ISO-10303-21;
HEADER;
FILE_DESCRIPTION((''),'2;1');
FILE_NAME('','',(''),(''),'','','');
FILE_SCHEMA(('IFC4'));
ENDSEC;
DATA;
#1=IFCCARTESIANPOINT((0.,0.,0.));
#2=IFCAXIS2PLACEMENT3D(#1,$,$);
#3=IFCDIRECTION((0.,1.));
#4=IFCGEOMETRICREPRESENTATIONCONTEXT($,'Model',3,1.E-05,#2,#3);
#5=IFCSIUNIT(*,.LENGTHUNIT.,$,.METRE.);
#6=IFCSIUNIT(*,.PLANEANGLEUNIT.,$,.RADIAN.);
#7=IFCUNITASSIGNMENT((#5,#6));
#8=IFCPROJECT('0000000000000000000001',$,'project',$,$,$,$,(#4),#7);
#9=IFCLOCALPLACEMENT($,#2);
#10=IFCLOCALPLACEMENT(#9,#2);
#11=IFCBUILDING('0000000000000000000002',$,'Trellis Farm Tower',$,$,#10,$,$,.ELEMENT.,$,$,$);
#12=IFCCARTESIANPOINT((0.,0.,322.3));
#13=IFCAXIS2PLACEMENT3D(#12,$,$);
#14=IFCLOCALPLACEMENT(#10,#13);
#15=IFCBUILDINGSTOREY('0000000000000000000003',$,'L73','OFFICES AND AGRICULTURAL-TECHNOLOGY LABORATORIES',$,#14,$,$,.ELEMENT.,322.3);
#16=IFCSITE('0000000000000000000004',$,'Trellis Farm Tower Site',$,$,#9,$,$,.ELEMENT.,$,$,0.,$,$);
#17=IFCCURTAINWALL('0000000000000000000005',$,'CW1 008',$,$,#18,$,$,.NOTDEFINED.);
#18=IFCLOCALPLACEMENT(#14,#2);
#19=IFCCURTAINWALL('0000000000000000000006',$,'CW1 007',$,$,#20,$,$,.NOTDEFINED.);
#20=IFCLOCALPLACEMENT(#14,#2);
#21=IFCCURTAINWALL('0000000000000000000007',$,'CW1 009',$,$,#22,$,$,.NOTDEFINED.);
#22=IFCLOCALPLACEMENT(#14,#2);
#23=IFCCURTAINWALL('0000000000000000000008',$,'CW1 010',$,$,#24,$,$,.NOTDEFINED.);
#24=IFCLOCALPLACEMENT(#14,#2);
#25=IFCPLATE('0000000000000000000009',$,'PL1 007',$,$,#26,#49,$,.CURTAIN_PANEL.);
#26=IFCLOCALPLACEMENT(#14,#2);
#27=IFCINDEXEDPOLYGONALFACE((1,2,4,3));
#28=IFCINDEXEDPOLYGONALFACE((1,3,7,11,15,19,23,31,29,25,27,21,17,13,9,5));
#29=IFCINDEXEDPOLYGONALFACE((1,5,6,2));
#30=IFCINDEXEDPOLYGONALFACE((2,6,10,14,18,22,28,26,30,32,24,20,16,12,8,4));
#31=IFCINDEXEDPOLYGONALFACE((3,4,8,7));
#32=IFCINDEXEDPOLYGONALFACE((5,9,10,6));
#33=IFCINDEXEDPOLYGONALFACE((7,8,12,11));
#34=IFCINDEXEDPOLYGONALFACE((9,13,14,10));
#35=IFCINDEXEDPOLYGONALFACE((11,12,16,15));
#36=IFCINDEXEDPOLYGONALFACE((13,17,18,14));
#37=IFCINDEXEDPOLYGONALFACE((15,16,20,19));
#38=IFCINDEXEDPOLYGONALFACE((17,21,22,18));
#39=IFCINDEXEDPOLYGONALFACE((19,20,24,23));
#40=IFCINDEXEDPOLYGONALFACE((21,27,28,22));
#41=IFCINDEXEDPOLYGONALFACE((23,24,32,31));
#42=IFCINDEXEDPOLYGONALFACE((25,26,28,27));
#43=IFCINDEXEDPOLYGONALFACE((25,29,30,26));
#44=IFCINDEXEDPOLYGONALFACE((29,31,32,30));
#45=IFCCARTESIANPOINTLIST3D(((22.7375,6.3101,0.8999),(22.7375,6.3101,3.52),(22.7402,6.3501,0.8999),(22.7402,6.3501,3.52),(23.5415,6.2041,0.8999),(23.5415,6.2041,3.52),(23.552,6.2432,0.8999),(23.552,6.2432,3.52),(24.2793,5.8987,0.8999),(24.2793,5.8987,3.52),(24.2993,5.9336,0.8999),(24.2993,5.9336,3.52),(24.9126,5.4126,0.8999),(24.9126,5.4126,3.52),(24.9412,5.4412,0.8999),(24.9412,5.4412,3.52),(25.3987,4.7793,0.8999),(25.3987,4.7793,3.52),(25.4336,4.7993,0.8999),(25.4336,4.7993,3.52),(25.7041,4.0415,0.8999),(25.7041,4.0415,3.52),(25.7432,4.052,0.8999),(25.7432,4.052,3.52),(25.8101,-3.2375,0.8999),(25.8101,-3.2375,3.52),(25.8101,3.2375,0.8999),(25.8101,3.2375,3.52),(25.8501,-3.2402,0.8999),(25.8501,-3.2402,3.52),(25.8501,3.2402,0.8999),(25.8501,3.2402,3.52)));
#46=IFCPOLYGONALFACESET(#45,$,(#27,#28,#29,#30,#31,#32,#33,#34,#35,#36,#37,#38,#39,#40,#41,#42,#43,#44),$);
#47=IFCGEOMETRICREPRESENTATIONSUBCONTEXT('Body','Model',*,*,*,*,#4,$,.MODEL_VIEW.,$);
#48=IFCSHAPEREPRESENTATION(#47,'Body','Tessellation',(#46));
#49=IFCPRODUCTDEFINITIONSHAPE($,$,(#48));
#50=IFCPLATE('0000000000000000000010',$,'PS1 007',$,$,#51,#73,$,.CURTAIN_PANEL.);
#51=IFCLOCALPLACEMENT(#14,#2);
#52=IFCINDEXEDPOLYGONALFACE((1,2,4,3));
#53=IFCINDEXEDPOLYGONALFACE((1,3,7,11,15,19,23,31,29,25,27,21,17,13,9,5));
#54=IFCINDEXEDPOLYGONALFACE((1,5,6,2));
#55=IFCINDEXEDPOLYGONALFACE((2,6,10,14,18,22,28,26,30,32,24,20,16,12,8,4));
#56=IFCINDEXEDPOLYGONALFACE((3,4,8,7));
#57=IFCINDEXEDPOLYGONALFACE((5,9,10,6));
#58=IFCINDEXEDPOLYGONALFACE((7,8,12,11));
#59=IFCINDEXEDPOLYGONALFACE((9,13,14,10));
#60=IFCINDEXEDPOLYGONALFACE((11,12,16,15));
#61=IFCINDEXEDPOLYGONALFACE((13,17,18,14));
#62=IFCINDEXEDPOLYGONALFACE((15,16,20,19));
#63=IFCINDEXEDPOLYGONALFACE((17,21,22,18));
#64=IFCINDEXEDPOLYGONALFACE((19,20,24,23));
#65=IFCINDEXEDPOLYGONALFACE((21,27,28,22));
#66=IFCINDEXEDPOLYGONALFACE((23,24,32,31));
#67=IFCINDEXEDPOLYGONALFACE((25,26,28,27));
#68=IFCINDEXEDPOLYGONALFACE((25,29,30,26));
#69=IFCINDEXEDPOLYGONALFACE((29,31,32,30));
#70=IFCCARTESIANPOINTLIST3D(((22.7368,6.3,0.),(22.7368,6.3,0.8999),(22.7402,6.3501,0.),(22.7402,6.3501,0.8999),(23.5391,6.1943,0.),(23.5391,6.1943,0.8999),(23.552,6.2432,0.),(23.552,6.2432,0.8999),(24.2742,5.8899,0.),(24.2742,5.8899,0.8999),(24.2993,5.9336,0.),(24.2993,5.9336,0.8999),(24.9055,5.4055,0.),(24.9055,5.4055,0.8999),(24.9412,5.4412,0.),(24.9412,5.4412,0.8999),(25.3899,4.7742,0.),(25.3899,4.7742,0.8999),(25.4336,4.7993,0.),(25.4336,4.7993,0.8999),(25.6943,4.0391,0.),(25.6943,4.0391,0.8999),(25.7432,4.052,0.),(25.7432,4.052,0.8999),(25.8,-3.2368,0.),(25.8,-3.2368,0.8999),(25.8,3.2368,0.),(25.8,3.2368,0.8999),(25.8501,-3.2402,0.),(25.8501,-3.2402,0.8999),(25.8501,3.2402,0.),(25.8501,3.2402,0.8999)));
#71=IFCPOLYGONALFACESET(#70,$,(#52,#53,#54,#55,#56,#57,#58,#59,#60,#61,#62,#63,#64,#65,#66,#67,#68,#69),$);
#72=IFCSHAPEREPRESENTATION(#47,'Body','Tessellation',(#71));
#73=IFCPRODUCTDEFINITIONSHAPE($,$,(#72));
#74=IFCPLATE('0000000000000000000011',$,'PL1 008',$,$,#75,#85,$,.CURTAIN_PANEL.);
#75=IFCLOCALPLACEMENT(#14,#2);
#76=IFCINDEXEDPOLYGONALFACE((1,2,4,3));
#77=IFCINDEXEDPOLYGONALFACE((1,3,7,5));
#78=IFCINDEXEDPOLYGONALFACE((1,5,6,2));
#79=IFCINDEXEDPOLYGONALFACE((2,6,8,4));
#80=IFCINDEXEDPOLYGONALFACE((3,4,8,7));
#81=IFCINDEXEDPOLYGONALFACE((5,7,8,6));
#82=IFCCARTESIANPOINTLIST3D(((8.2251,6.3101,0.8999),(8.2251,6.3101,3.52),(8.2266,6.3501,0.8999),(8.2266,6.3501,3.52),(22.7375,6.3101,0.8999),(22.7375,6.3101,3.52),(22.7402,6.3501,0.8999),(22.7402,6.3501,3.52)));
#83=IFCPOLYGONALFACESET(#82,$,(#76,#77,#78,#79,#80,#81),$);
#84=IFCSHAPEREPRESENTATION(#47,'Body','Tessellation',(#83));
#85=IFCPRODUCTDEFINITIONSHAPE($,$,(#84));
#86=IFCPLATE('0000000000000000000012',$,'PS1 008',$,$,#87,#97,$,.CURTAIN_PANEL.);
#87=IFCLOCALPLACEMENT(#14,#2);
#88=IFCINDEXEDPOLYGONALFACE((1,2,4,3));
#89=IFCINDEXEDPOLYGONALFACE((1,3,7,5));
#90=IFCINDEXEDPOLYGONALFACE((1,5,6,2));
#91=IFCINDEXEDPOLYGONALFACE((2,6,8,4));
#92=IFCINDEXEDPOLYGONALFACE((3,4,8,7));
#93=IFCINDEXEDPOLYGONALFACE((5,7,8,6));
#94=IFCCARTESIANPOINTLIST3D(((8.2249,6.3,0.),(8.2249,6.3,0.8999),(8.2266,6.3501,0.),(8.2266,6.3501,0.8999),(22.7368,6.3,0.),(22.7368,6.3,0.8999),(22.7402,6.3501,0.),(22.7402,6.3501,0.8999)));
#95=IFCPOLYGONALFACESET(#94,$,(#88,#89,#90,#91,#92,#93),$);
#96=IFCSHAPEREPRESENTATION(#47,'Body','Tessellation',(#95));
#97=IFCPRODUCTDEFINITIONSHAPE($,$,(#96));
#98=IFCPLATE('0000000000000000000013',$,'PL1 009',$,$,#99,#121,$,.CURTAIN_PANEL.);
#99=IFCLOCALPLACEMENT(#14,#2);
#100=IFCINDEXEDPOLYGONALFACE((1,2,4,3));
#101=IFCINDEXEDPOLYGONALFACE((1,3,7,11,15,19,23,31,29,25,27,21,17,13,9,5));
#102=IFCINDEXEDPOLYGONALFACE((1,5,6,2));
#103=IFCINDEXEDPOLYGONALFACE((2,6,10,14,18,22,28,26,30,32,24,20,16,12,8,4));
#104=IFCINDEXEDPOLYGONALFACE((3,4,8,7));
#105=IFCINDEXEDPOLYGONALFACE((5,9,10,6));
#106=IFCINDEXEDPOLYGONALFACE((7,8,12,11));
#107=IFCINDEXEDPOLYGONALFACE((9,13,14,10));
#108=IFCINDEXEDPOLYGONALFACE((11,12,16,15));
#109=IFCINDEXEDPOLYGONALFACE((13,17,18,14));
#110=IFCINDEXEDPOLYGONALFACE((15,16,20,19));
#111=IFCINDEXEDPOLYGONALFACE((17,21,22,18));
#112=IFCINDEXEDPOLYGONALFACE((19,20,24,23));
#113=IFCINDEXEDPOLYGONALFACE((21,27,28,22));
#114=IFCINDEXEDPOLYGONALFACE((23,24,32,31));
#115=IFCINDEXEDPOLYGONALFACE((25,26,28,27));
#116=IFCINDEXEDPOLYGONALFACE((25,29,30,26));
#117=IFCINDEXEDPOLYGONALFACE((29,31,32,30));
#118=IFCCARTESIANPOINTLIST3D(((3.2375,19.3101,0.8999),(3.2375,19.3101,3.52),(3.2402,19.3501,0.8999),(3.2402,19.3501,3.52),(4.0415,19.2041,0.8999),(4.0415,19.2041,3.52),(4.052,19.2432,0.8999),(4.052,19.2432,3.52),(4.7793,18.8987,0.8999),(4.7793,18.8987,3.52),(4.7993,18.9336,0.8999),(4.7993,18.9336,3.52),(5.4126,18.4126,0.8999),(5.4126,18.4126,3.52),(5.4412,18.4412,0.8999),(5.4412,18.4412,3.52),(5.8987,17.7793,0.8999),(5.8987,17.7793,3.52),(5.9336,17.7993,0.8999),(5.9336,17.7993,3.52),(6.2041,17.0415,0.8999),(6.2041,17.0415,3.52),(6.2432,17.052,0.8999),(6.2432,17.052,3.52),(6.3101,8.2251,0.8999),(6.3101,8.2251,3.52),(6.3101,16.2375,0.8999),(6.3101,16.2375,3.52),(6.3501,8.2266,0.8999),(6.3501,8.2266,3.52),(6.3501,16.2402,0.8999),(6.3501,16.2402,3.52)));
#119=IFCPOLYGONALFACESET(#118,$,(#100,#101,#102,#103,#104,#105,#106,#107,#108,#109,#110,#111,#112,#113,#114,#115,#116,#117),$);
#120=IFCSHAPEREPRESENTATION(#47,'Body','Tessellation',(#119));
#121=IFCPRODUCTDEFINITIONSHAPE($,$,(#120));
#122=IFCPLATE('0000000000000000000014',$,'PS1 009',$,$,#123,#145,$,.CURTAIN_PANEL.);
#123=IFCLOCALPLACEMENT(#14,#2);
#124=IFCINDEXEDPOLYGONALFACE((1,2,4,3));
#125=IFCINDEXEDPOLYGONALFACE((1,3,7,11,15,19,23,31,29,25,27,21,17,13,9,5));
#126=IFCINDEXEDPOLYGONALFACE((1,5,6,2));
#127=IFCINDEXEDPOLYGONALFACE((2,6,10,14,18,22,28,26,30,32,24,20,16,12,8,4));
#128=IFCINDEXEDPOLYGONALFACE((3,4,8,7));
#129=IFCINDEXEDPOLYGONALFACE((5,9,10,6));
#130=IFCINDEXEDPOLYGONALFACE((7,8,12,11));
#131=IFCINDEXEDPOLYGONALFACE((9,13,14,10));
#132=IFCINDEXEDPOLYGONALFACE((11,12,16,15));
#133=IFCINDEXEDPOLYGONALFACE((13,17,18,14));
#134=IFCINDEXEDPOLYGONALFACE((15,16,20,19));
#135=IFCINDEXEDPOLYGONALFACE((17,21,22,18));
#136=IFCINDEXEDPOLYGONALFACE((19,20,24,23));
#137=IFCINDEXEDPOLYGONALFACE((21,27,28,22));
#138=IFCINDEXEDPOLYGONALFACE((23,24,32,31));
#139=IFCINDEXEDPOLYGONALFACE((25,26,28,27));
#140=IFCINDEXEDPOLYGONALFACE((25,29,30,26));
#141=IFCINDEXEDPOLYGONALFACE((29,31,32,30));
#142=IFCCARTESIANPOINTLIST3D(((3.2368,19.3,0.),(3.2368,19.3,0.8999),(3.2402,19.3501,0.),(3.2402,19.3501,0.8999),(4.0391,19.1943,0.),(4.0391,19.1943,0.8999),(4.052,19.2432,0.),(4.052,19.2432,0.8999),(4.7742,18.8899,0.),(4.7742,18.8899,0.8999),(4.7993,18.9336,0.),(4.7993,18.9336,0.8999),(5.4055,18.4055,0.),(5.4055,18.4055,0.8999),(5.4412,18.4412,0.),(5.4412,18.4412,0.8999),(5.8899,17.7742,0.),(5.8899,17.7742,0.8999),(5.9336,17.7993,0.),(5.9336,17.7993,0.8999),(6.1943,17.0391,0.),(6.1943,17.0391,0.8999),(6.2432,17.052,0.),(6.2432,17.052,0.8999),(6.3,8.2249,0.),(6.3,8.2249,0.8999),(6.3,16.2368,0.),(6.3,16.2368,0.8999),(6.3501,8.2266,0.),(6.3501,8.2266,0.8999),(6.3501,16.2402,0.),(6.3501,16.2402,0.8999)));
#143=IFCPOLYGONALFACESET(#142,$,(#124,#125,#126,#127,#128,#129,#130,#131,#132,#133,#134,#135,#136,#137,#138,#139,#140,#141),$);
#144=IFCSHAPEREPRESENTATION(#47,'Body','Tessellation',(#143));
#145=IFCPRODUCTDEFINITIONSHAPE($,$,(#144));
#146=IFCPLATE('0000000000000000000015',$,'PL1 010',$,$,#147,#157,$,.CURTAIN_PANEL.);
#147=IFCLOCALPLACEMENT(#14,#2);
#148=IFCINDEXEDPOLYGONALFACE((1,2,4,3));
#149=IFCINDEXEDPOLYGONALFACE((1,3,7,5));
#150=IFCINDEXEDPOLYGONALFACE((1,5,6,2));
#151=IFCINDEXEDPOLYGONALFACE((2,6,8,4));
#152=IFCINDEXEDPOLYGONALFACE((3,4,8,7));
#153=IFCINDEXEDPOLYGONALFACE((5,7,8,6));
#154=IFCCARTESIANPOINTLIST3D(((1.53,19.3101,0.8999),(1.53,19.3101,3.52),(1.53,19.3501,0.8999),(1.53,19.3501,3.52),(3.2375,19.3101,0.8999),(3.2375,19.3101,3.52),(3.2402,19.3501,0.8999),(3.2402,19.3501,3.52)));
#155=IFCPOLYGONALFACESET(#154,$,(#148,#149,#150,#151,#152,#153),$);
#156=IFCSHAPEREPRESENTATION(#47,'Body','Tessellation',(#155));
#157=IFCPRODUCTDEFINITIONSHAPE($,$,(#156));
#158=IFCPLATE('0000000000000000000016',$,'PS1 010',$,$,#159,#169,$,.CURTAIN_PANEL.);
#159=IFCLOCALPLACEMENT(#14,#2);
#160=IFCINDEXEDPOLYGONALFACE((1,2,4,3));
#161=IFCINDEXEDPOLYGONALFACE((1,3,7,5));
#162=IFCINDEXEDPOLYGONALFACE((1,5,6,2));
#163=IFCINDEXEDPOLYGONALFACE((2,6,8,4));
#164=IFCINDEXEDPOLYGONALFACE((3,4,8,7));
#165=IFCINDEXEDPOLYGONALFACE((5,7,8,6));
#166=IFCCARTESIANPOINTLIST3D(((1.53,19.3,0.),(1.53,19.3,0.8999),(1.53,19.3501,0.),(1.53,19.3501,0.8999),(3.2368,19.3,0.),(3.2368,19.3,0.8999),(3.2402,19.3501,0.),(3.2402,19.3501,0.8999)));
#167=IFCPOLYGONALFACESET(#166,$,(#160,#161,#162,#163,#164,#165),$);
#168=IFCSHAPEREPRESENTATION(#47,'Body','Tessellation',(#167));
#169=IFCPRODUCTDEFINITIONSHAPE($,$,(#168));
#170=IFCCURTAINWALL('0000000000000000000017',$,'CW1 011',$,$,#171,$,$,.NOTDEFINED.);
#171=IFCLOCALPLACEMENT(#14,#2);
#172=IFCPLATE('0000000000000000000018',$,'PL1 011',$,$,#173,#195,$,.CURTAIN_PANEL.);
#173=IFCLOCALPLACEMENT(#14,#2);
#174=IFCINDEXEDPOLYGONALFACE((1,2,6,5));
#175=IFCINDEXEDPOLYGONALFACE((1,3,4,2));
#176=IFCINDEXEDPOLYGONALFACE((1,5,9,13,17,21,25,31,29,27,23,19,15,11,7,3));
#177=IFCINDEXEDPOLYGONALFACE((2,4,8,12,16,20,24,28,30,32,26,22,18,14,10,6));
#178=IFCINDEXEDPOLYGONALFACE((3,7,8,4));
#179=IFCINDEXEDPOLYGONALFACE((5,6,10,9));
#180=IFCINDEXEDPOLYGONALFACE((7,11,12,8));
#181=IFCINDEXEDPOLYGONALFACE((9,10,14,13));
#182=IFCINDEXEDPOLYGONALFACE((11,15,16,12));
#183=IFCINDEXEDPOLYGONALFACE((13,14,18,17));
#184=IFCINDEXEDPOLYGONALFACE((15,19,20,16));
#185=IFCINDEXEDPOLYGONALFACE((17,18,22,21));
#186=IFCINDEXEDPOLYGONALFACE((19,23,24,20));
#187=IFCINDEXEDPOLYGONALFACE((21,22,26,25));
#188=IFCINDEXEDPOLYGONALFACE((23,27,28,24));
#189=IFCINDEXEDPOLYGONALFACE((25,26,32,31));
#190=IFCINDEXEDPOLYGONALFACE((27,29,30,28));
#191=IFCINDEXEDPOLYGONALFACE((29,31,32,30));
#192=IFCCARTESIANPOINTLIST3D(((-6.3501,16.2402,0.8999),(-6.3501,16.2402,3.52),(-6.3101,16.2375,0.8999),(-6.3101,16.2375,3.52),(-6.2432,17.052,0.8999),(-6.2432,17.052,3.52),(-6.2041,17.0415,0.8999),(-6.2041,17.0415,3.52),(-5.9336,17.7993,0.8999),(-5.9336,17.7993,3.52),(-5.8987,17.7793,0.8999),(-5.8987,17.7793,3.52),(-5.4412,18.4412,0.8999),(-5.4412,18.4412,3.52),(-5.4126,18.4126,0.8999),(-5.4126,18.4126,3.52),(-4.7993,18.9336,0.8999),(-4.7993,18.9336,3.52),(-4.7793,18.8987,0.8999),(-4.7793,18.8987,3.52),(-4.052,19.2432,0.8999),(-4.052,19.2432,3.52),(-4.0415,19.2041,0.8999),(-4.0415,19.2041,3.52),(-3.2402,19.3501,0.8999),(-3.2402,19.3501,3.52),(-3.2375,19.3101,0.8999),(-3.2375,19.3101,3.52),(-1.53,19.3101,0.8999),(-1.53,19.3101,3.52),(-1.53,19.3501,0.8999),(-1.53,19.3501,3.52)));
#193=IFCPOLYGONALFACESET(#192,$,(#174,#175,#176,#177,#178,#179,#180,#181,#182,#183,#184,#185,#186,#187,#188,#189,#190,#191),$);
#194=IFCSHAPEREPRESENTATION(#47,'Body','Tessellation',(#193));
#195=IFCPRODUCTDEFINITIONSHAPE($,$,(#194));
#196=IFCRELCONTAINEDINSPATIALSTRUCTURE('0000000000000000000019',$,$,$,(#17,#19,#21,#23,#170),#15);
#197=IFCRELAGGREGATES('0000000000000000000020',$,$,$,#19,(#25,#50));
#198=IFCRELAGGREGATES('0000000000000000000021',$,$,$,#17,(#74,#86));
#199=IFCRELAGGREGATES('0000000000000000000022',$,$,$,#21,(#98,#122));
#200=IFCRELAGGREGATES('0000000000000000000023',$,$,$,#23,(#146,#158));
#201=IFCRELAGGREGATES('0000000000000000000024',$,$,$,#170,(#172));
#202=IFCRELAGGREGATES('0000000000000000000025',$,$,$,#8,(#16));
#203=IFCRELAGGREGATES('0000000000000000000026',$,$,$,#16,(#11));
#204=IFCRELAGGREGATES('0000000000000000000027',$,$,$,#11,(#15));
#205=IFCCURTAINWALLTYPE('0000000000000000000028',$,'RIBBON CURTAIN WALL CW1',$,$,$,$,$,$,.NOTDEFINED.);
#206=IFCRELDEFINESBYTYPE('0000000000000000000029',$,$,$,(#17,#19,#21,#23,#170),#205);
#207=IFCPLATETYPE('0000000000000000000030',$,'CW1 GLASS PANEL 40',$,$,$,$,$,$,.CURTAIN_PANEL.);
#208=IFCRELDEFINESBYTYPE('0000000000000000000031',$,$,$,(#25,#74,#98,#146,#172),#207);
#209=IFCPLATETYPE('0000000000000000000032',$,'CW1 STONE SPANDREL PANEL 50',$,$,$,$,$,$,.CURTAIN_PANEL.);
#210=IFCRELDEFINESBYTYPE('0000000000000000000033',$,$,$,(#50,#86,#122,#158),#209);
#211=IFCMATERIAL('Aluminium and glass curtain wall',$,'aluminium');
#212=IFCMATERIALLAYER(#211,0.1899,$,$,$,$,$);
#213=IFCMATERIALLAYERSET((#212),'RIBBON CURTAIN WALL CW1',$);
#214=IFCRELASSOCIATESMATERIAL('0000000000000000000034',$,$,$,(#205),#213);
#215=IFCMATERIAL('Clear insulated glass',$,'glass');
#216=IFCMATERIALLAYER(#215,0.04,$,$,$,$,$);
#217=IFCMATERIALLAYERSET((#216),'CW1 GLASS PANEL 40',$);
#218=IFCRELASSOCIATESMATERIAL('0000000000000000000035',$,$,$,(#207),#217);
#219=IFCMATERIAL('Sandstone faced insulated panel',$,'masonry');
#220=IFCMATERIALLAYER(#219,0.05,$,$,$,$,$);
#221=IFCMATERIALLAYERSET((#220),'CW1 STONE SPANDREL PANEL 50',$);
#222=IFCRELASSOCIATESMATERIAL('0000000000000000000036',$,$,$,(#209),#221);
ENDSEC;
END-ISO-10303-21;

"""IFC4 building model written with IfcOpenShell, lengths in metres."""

from ifc_helpers import new_model, si_unit, direction, frame, origin, place, context, subcontext, project, spatial, polyline, outline, extrude, source, transform, mapped, material, layer, layer_set, type_object, element, aggregate, save


model = new_model("IFC4")

# Units and contexts
model_context = context("Model", 3, precision=1e-05, world=origin(), true_north=direction((0.0, 1.0)))
body_context = subcontext(model_context, "Body", "Model", "MODEL_VIEW")
ifc_project = project(units=[si_unit("LENGTHUNIT", "METRE"), si_unit("PLANEANGLEUNIT", "RADIAN")], contexts=[model_context])

# Site, building, storey
site_placement = place(None, origin())
site = spatial("IfcSite", under=ifc_project, at=site_placement, Name="Trellis Farm Tower Site", CompositionType="ELEMENT", RefElevation=0.0)
building_placement = place(site_placement, origin())
building = spatial("IfcBuilding", under=site, at=building_placement, Name="Trellis Farm Tower", CompositionType="ELEMENT")
storey_placement = place(building_placement, frame((0.0, 0.0, 322.3)))
storey = spatial("IfcBuildingStorey", under=building, at=storey_placement, Name="L73", Description="OFFICES AND AGRICULTURAL-TECHNOLOGY LABORATORIES", CompositionType="ELEMENT", Elevation=322.3)

# Curtain walls
ifc_material_1 = material(Name="Aluminium and glass curtain wall", Category="aluminium")
placement_1 = place(storey_placement, origin())
ifc_layer_1 = layer(ifc_material_1, 0.1899)
ifc_layer_set_1 = layer_set([ifc_layer_1], Name="RIBBON CURTAIN WALL CW1")
curtain_wall_type_1 = type_object("IfcCurtainWallType", Name="RIBBON CURTAIN WALL CW1", PredefinedType="NOTDEFINED", material=ifc_layer_set_1)
curtain_wall_1 = element("IfcCurtainWall", 1, at=placement_1, inside=storey, type_object=curtain_wall_type_1, Name="CW1 008", PredefinedType="NOTDEFINED")
curtain_wall_2 = element("IfcCurtainWall", 2, at=placement_1, inside=storey, type_object=curtain_wall_type_1, Name="CW1 007", PredefinedType="NOTDEFINED")
curtain_wall_3 = element("IfcCurtainWall", 3, at=placement_1, inside=storey, type_object=curtain_wall_type_1, Name="CW1 009", PredefinedType="NOTDEFINED")
curtain_wall_4 = element("IfcCurtainWall", 4, at=placement_1, inside=storey, type_object=curtain_wall_type_1, Name="CW1 010", PredefinedType="NOTDEFINED")

# Plates
ifc_material_2 = material(Name="Clear insulated glass", Category="glass")
ifc_layer_2 = layer(ifc_material_2, 0.04)
ifc_layer_set_2 = layer_set([ifc_layer_2], Name="CW1 GLASS PANEL 40")
plate_type_1 = type_object("IfcPlateType", Name="CW1 GLASS PANEL 40", PredefinedType="CURTAIN_PANEL", material=ifc_layer_set_2)
shared_shape_1 = source(origin(), body_context, "Body", "SweptSolid", [
    extrude(outline(polyline([(25.8501, -3.2402), (25.8501, 3.2402), (25.7432, 4.052), (25.4336, 4.7993), (24.9412, 5.4412), (24.2993, 5.9336), (23.552, 6.2432), (22.7402, 6.3501), (22.7375, 6.3101), (23.5415, 6.2041), (24.2793, 5.8987), (24.9126, 5.4126), (25.3987, 4.7793), (25.7041, 4.0415), (25.8101, 3.2375), (25.8101, -3.2375), (25.8501, -3.2402)])), origin(), (0.0, 0.0, 1.0), 2.6201),
])
placement_2 = place(storey_placement, frame((0.0, 0.0, 0.8999)))
plate_1 = element("IfcPlate", 5, at=placement_2, type_object=plate_type_1, Name="PL1 007", PredefinedType="CURTAIN_PANEL", context=body_context, shape_type="MappedRepresentation", body=[
    mapped(shared_shape_1, transform((0.0, 0.0, 0.0))),
])
ifc_material_3 = material(Name="Sandstone faced insulated panel", Category="masonry")
ifc_layer_3 = layer(ifc_material_3, 0.05)
ifc_layer_set_3 = layer_set([ifc_layer_3], Name="CW1 STONE SPANDREL PANEL 50")
plate_type_2 = type_object("IfcPlateType", Name="CW1 STONE SPANDREL PANEL 50", PredefinedType="CURTAIN_PANEL", material=ifc_layer_set_3)
shared_shape_2 = source(origin(), body_context, "Body", "SweptSolid", [
    extrude(outline(polyline([(25.8501, -3.2402), (25.8501, 3.2402), (25.7432, 4.052), (25.4336, 4.7993), (24.9412, 5.4412), (24.2993, 5.9336), (23.552, 6.2432), (22.7402, 6.3501), (22.7368, 6.3), (23.5391, 6.1943), (24.2742, 5.8899), (24.9055, 5.4055), (25.3899, 4.7742), (25.6943, 4.0391), (25.8, 3.2368), (25.8, -3.2368), (25.8501, -3.2402)])), origin(), (0.0, 0.0, 1.0), 0.8999),
])
plate_2 = element("IfcPlate", 6, at=placement_1, type_object=plate_type_2, Name="PS1 007", PredefinedType="CURTAIN_PANEL", context=body_context, shape_type="MappedRepresentation", body=[
    mapped(shared_shape_2, transform((0.0, 0.0, 0.0))),
])
aggregate(curtain_wall_2, [plate_1, plate_2])
shared_shape_3 = source(origin(), body_context, "Body", "SweptSolid", [
    extrude(outline(polyline([(22.7402, 6.3501), (8.2266, 6.3501), (8.2251, 6.3101), (22.7375, 6.3101), (22.7402, 6.3501)])), origin(), (0.0, 0.0, 1.0), 2.6201),
])
plate_3 = element("IfcPlate", 7, at=placement_2, type_object=plate_type_1, Name="PL1 008", PredefinedType="CURTAIN_PANEL", context=body_context, shape_type="MappedRepresentation", body=[
    mapped(shared_shape_3, transform((0.0, 0.0, 0.0))),
])
shared_shape_4 = source(origin(), body_context, "Body", "SweptSolid", [
    extrude(outline(polyline([(22.7402, 6.3501), (8.2266, 6.3501), (8.2249, 6.3), (22.7368, 6.3), (22.7402, 6.3501)])), origin(), (0.0, 0.0, 1.0), 0.8999),
])
plate_4 = element("IfcPlate", 8, at=placement_1, type_object=plate_type_2, Name="PS1 008", PredefinedType="CURTAIN_PANEL", context=body_context, shape_type="MappedRepresentation", body=[
    mapped(shared_shape_4, transform((0.0, 0.0, 0.0))),
])
aggregate(curtain_wall_1, [plate_3, plate_4])
shared_shape_5 = source(origin(), body_context, "Body", "SweptSolid", [
    extrude(outline(polyline([(6.3501, 8.2266), (6.3501, 16.2402), (6.2432, 17.052), (5.9336, 17.7993), (5.4412, 18.4412), (4.7993, 18.9336), (4.052, 19.2432), (3.2402, 19.3501), (3.2375, 19.3101), (4.0415, 19.2041), (4.7793, 18.8987), (5.4126, 18.4126), (5.8987, 17.7793), (6.2041, 17.0415), (6.3101, 16.2375), (6.3101, 8.2251), (6.3501, 8.2266)])), origin(), (0.0, 0.0, 1.0), 2.6201),
])
plate_5 = element("IfcPlate", 9, at=placement_2, type_object=plate_type_1, Name="PL1 009", PredefinedType="CURTAIN_PANEL", context=body_context, shape_type="MappedRepresentation", body=[
    mapped(shared_shape_5, transform((0.0, 0.0, 0.0))),
])
shared_shape_6 = source(origin(), body_context, "Body", "SweptSolid", [
    extrude(outline(polyline([(6.3501, 8.2266), (6.3501, 16.2402), (6.2432, 17.052), (5.9336, 17.7993), (5.4412, 18.4412), (4.7993, 18.9336), (4.052, 19.2432), (3.2402, 19.3501), (3.2368, 19.3), (4.0391, 19.1943), (4.7742, 18.8899), (5.4055, 18.4055), (5.8899, 17.7742), (6.1943, 17.0391), (6.3, 16.2368), (6.3, 8.2249), (6.3501, 8.2266)])), origin(), (0.0, 0.0, 1.0), 0.8999),
])
plate_6 = element("IfcPlate", 10, at=placement_1, type_object=plate_type_2, Name="PS1 009", PredefinedType="CURTAIN_PANEL", context=body_context, shape_type="MappedRepresentation", body=[
    mapped(shared_shape_6, transform((0.0, 0.0, 0.0))),
])
aggregate(curtain_wall_3, [plate_5, plate_6])
shared_shape_7 = source(origin(), body_context, "Body", "SweptSolid", [
    extrude(outline(polyline([(3.2402, 19.3501), (1.53, 19.3501), (1.53, 19.3101), (3.2375, 19.3101), (3.2402, 19.3501)])), origin(), (0.0, 0.0, 1.0), 2.6201),
])
plate_7 = element("IfcPlate", 11, at=placement_2, type_object=plate_type_1, Name="PL1 010", PredefinedType="CURTAIN_PANEL", context=body_context, shape_type="MappedRepresentation", body=[
    mapped(shared_shape_7, transform((0.0, 0.0, 0.0))),
])
shared_shape_8 = source(origin(), body_context, "Body", "SweptSolid", [
    extrude(outline(polyline([(3.2402, 19.3501), (1.53, 19.3501), (1.53, 19.3), (3.2368, 19.3), (3.2402, 19.3501)])), origin(), (0.0, 0.0, 1.0), 0.8999),
])
plate_8 = element("IfcPlate", 12, at=placement_1, type_object=plate_type_2, Name="PS1 010", PredefinedType="CURTAIN_PANEL", context=body_context, shape_type="MappedRepresentation", body=[
    mapped(shared_shape_8, transform((0.0, 0.0, 0.0))),
])
aggregate(curtain_wall_4, [plate_7, plate_8])

# Curtain wall, plate
curtain_wall_5 = element("IfcCurtainWall", 13, at=placement_1, inside=storey, type_object=curtain_wall_type_1, Name="CW1 011", PredefinedType="NOTDEFINED")
shared_shape_9 = source(origin(), body_context, "Body", "SweptSolid", [
    extrude(outline(polyline([(-1.53, 19.3501), (-3.2402, 19.3501), (-4.052, 19.2432), (-4.7993, 18.9336), (-5.4412, 18.4412), (-5.9336, 17.7993), (-6.2432, 17.052), (-6.3501, 16.2402), (-6.3101, 16.2375), (-6.2041, 17.0415), (-5.8987, 17.7793), (-5.4126, 18.4126), (-4.7793, 18.8987), (-4.0415, 19.2041), (-3.2375, 19.3101), (-1.53, 19.3101), (-1.53, 19.3501)])), origin(), (0.0, 0.0, 1.0), 2.6201),
])
plate_9 = element("IfcPlate", 14, at=placement_2, type_object=plate_type_1, Name="PL1 011", PredefinedType="CURTAIN_PANEL", context=body_context, shape_type="MappedRepresentation", body=[
    mapped(shared_shape_9, transform((0.0, 0.0, 0.0))),
])
aggregate(curtain_wall_5, [plate_9])

save(model, "model.ifc")
